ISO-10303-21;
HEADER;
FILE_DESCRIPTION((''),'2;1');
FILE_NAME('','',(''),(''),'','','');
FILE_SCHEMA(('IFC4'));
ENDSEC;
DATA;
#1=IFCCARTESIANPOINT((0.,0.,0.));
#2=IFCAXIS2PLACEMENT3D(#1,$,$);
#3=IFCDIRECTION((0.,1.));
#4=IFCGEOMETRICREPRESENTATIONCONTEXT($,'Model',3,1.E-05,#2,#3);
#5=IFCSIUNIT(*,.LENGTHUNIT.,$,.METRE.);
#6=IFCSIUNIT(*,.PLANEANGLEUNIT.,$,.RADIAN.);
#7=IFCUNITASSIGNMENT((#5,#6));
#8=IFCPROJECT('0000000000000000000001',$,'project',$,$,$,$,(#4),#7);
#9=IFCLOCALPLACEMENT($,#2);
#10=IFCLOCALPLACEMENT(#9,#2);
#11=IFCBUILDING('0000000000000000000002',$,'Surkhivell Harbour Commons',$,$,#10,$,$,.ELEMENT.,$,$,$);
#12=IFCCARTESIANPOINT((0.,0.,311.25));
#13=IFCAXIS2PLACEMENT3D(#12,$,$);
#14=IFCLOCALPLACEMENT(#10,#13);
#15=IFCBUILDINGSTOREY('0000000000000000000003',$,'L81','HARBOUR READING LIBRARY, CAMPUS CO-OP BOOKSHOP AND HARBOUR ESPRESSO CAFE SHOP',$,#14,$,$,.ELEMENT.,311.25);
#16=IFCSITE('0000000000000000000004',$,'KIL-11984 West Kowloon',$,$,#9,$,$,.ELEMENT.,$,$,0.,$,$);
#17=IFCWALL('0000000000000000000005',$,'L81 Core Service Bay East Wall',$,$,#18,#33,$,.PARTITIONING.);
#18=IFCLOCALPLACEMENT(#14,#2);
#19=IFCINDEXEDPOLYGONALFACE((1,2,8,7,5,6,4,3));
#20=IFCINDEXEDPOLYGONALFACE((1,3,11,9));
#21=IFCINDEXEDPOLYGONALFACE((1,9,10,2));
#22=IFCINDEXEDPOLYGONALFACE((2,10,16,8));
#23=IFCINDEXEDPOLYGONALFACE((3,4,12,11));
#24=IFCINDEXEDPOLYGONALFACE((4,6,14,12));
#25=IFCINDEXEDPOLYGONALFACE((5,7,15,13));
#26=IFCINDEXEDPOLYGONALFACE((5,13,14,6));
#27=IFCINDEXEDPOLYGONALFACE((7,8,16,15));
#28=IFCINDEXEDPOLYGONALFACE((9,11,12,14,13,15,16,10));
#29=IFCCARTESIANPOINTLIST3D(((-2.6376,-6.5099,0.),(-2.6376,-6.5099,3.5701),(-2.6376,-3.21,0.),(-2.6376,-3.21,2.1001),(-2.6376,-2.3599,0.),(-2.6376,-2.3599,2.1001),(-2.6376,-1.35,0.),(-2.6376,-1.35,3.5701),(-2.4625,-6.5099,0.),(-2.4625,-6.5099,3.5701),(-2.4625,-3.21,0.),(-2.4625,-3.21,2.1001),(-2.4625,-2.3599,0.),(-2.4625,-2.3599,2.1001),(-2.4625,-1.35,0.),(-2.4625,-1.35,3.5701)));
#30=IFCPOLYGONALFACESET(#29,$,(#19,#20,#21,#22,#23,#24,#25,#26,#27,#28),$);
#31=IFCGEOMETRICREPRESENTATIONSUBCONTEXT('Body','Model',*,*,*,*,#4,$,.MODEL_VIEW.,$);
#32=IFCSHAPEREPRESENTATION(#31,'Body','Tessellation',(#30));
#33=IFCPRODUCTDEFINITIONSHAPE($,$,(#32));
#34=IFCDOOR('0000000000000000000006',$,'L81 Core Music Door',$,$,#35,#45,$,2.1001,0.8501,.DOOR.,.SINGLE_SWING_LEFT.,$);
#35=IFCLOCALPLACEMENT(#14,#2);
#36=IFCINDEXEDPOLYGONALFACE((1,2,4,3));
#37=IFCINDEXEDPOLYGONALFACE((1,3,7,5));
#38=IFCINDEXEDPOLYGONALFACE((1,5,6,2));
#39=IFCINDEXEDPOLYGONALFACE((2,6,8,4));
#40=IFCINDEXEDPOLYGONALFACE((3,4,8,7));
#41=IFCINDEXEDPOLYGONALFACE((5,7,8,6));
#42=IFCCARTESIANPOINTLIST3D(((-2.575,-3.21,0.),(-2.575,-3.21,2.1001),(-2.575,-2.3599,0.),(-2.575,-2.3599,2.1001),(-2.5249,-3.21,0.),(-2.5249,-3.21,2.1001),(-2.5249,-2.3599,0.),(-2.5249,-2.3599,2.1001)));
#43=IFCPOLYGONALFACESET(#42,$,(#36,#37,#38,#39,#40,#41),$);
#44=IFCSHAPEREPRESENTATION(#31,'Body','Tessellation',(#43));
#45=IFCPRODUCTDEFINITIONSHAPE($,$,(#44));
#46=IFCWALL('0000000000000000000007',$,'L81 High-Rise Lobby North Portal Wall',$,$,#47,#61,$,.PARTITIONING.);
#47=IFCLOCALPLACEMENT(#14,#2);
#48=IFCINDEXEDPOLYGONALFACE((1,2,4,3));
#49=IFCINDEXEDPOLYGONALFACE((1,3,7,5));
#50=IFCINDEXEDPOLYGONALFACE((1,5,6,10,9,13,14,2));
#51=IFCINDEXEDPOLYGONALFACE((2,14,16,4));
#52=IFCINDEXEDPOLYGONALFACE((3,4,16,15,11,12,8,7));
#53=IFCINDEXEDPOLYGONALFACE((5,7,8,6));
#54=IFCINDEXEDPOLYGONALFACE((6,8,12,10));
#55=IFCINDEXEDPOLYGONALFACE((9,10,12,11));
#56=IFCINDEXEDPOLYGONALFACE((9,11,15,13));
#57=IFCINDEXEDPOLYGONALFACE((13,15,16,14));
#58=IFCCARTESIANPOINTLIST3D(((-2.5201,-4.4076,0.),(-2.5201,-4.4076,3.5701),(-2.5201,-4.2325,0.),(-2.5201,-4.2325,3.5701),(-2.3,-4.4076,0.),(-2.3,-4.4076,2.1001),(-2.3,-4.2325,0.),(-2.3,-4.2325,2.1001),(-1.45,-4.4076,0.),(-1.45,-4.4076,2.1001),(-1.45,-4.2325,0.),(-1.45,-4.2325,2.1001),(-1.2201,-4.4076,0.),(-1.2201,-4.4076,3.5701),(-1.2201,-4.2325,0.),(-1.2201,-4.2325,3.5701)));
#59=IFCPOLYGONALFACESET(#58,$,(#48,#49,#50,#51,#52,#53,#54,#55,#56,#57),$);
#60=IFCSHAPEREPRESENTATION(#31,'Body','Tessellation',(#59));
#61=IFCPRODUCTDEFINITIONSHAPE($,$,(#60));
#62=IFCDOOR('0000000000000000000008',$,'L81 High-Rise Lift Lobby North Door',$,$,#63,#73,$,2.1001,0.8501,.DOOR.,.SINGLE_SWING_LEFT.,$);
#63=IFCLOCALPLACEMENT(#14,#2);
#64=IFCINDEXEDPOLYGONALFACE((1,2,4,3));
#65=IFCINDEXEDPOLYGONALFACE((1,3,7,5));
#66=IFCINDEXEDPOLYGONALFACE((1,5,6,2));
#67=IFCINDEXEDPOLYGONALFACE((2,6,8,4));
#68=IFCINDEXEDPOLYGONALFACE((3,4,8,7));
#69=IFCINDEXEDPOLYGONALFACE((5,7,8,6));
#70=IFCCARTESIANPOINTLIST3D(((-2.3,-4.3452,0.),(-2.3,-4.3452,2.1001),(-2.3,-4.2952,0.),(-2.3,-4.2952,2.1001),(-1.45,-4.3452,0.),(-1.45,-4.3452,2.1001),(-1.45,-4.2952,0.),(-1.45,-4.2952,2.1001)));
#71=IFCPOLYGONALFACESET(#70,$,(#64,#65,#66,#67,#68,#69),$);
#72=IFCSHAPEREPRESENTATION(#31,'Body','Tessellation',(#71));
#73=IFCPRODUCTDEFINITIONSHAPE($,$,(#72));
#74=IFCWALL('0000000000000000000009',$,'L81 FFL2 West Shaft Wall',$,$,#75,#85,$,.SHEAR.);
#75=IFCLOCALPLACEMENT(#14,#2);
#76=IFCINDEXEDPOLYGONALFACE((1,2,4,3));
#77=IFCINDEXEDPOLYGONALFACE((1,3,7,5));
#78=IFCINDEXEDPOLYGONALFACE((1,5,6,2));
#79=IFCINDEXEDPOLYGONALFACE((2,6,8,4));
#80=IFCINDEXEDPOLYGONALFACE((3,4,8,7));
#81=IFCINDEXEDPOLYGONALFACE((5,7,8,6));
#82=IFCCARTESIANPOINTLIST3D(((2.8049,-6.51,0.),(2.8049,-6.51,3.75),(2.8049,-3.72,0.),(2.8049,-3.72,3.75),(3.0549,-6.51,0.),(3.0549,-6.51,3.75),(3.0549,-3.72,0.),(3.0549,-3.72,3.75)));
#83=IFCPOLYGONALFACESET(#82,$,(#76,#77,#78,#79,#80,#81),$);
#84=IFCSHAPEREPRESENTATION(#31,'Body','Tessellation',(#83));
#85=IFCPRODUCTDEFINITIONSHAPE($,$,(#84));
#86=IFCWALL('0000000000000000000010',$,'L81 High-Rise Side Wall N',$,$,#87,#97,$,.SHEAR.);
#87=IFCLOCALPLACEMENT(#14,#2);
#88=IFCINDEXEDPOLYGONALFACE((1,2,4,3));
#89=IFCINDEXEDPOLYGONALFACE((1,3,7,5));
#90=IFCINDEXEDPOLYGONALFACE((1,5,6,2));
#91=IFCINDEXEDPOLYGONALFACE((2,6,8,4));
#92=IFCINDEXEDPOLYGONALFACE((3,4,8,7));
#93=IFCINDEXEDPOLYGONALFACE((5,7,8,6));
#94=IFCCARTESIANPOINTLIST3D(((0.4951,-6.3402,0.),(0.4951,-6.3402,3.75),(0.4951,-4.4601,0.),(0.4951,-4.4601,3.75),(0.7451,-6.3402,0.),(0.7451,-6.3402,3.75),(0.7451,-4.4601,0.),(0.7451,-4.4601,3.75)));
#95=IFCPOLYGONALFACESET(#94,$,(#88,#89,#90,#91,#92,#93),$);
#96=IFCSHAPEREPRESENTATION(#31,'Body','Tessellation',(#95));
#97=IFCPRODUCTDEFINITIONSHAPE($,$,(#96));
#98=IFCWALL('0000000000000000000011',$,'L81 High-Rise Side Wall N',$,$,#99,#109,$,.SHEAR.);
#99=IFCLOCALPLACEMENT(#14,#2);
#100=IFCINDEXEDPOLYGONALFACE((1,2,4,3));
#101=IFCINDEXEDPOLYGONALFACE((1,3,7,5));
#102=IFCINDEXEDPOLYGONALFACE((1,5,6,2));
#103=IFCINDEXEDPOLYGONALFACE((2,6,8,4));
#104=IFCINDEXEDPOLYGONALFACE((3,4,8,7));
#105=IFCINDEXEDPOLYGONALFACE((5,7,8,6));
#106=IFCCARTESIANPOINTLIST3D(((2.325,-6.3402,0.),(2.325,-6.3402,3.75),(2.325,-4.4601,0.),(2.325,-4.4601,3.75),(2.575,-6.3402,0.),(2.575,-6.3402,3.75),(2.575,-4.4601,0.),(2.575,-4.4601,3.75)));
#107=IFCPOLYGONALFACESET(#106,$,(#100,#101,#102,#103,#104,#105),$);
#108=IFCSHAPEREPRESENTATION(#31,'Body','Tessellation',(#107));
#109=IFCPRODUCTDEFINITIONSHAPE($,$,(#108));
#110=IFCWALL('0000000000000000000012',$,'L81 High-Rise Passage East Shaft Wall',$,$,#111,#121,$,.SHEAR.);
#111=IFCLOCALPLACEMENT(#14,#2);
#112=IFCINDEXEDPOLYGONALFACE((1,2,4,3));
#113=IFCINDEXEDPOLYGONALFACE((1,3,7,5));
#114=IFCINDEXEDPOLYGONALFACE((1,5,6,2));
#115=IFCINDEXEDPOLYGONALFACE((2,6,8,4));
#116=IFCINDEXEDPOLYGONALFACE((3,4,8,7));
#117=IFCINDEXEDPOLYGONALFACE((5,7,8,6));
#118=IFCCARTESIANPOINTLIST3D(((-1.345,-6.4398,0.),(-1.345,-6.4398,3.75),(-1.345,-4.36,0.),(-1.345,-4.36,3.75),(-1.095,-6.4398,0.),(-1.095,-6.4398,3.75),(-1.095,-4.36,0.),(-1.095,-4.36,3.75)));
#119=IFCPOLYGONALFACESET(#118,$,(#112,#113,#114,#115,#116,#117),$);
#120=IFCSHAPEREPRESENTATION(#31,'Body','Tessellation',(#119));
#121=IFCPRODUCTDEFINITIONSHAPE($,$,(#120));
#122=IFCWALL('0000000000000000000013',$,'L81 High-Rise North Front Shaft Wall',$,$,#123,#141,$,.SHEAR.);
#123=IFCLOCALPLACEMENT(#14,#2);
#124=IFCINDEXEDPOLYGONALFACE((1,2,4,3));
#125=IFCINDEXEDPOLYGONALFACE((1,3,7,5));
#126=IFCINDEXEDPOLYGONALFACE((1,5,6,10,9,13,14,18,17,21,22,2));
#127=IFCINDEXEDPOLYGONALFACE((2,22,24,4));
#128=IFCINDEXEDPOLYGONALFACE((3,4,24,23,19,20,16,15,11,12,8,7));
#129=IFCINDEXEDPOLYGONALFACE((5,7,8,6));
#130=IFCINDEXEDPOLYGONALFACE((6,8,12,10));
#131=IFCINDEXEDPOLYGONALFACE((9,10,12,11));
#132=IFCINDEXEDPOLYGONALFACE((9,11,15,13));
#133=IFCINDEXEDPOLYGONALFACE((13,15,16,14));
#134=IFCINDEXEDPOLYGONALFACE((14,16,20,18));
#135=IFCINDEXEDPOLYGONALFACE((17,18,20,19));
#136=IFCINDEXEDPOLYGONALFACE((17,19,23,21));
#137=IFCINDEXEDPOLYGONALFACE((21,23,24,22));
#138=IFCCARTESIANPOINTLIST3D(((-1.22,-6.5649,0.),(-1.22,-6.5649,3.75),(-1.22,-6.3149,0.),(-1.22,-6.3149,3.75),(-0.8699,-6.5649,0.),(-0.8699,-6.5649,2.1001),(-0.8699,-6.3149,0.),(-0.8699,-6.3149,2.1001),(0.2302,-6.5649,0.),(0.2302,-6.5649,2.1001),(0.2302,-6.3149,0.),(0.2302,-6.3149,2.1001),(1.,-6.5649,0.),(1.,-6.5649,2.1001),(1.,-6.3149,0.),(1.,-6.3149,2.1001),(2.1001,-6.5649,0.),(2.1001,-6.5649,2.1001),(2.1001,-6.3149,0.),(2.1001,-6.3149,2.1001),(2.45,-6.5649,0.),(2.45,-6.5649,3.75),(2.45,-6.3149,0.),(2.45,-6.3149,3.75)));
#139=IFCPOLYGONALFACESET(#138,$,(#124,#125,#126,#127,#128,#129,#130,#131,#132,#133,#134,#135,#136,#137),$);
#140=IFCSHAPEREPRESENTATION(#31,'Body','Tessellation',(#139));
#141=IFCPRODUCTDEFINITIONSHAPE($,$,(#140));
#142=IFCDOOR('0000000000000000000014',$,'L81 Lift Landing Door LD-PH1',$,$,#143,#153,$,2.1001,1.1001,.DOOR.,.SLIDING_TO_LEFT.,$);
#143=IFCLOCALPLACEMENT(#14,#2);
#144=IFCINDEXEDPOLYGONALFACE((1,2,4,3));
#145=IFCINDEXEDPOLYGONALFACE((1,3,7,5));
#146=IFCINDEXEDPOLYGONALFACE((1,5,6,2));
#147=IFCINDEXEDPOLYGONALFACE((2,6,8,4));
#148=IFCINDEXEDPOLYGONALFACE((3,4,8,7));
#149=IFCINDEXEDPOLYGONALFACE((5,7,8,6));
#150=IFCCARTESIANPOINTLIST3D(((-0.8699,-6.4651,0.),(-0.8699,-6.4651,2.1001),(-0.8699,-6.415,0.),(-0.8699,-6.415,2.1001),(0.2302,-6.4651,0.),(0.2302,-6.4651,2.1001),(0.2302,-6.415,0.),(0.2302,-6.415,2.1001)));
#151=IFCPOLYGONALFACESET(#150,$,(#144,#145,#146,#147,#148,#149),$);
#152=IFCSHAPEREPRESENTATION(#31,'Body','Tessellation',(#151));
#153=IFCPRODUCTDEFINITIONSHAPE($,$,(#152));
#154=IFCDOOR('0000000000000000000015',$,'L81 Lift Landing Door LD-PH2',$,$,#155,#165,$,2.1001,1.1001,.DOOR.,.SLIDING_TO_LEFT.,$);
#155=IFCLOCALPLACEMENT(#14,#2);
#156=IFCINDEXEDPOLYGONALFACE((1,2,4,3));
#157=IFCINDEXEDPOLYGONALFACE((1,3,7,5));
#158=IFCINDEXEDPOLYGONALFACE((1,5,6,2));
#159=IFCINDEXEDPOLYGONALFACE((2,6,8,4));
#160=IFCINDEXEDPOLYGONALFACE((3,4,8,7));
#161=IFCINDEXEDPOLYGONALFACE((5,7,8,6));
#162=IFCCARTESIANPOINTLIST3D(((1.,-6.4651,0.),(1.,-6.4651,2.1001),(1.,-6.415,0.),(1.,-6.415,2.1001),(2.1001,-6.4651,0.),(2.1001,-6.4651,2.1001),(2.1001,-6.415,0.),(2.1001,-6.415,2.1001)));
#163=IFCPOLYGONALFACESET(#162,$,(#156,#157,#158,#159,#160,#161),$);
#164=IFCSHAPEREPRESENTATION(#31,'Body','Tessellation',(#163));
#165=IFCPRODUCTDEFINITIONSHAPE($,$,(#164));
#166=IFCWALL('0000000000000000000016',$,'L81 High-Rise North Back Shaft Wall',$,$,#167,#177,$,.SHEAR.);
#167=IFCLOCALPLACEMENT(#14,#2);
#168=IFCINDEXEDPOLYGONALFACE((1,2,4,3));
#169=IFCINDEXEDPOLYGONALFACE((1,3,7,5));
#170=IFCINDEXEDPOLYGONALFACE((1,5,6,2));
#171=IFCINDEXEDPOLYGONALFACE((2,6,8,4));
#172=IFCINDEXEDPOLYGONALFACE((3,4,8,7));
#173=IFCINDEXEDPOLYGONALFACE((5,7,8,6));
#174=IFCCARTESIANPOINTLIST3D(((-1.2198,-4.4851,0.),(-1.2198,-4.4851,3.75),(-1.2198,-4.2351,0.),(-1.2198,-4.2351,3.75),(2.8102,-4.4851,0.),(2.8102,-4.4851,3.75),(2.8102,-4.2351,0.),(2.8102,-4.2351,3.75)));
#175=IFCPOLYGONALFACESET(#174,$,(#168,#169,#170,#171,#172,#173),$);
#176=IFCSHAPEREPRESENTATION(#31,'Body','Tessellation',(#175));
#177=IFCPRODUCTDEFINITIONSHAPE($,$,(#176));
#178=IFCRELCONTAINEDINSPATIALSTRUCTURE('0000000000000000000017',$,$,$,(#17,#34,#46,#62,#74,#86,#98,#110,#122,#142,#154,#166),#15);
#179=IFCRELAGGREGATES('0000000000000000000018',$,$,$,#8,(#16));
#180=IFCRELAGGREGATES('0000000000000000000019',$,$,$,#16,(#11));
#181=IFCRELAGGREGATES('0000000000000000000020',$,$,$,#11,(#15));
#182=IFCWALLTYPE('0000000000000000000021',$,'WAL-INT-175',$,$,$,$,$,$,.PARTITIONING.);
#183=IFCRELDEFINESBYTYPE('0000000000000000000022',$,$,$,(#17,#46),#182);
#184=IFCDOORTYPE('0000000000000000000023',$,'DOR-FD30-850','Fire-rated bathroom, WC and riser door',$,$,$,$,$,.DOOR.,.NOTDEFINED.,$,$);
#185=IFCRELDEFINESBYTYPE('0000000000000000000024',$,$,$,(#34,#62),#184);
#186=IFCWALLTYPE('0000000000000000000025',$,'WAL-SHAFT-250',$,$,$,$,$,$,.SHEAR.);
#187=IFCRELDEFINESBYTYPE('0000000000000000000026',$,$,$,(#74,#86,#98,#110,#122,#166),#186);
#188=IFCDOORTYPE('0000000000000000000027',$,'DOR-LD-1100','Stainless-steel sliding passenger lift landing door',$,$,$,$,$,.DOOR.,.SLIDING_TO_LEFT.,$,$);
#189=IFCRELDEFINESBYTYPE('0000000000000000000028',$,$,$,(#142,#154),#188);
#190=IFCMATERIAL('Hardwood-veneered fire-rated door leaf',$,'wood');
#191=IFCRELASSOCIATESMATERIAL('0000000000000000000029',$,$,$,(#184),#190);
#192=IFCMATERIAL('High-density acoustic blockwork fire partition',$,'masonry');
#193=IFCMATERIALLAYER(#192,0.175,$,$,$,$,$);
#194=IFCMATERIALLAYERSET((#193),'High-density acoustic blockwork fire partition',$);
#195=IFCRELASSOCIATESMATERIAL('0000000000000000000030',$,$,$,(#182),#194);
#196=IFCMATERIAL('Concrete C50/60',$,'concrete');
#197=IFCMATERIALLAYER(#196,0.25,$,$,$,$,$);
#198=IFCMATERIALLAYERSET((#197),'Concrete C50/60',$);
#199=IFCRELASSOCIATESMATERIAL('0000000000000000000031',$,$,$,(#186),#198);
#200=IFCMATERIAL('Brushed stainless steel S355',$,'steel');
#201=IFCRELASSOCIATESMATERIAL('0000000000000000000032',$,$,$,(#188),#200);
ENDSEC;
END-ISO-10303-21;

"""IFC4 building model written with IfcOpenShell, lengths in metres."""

from ifc_helpers import new_model, si_unit, direction, frame, frame_2d, origin, place, context, subcontext, project, spatial, rectangle, extrude, material, layer, layer_set, type_object, element, fill, save


model = new_model("IFC4")

# Units and contexts
model_context = context("Model", 3, precision=1e-05, world=origin(), true_north=direction((0.0, 1.0)))
body_context = subcontext(model_context, "Body", "Model", "MODEL_VIEW")
ifc_project = project(units=[si_unit("LENGTHUNIT", "METRE"), si_unit("PLANEANGLEUNIT", "RADIAN")], contexts=[model_context])

# Site, building, storey
site_placement = place(None, origin())
site = spatial("IfcSite", under=ifc_project, at=site_placement, Name="KIL-11984 West Kowloon", CompositionType="ELEMENT", RefElevation=0.0)
building_placement = place(site_placement, origin())
building = spatial("IfcBuilding", under=site, at=building_placement, Name="Surkhivell Harbour Commons", CompositionType="ELEMENT")
storey_placement = place(building_placement, frame((0.0, 0.0, 311.25)))
storey = spatial("IfcBuildingStorey", under=building, at=storey_placement, Name="L81", Description="HARBOUR READING LIBRARY, CAMPUS CO-OP BOOKSHOP AND HARBOUR ESPRESSO CAFE SHOP", CompositionType="ELEMENT", Elevation=311.25)

# Walls, openings, doors
ifc_material_1 = material(Name="Hardwood-veneered fire-rated door leaf", Category="wood")
door_type_1 = type_object("IfcDoorType", Name="DOR-FD30-850", Description="Fire-rated bathroom, WC and riser door", OperationType="NOTDEFINED", PredefinedType="DOOR", material=ifc_material_1)
ifc_material_2 = material(Name="High-density acoustic blockwork fire partition", Category="masonry")
ifc_layer_1 = layer(ifc_material_2, 0.175)
ifc_layer_set_1 = layer_set([ifc_layer_1], Name="High-density acoustic blockwork fire partition")
wall_type_1 = type_object("IfcWallType", Name="WAL-INT-175", PredefinedType="PARTITIONING", material=ifc_layer_set_1)
wall_1_placement = place(storey_placement, frame((-2.55, -6.51, 0.0), z_axis=(0.0, 0.0, 1.0), x_axis=(0.0, 1.0, 0.0)))
wall_1 = element("IfcWall", 1, at=wall_1_placement, inside=storey, type_object=wall_type_1, Name="L81 Core Service Bay East Wall", PredefinedType="PARTITIONING", context=body_context, shape_type="SweptSolid", body=[
    extrude(rectangle(XDim=5.1599, YDim=0.175, at=frame_2d((2.5801, 0.0))), origin(), (0.0, 0.0, 1.0), 3.5701),
])
opening_1_placement = place(wall_1_placement, frame((3.3, 0.0, 0.0)))
opening_1 = element("IfcOpeningElement", 2, at=opening_1_placement, cuts=wall_1, PredefinedType="OPENING", context=body_context, shape_type="SweptSolid", body=[
    extrude(rectangle(XDim=0.8501, YDim=2.1001, at=frame_2d((0.425, 1.05))), frame((0.0, 0.0974, 0.0), z_axis=(0.0, -1.0, 0.0), x_axis=(1.0, 0.0, 0.0)), (0.0, 0.0, 1.0), 0.1951),
])
door_1_placement = place(opening_1_placement, origin())
door_1 = element("IfcDoor", 3, at=door_1_placement, inside=storey, type_object=door_type_1, Name="L81 Core Music Door", OperationType="SINGLE_SWING_LEFT", OverallHeight=2.1001, OverallWidth=0.8501, PredefinedType="DOOR", context=body_context, shape_type="SweptSolid", body=[
    extrude(rectangle(XDim=0.8501, YDim=2.1001, at=frame_2d((0.425, 1.05))), frame((0.0, 0.0249, 0.0), z_axis=(0.0, -1.0, 0.0), x_axis=(1.0, 0.0, 0.0)), (0.0, 0.0, 1.0), 0.05),
])
fill(opening_1, door_1)
wall_2_placement = place(storey_placement, frame((-2.52, -4.3201, 0.0), z_axis=(0.0, 0.0, 1.0), x_axis=(1.0, 0.0, 0.0)))
wall_2 = element("IfcWall", 4, at=wall_2_placement, inside=storey, type_object=wall_type_1, Name="L81 High-Rise Lobby North Portal Wall", PredefinedType="PARTITIONING", context=body_context, shape_type="SweptSolid", body=[
    extrude(rectangle(XDim=1.3, YDim=0.175, at=frame_2d((0.6499, 0.0))), origin(), (0.0, 0.0, 1.0), 3.5701),
])
opening_2_placement = place(wall_2_placement, frame((0.22, 0.0, 0.0)))
opening_2 = element("IfcOpeningElement", 5, at=opening_2_placement, cuts=wall_2, PredefinedType="OPENING", context=body_context, shape_type="SweptSolid", body=[
    extrude(rectangle(XDim=0.8501, YDim=2.1001, at=frame_2d((0.425, 1.05))), frame((0.0, 0.0974, 0.0), z_axis=(0.0, -1.0, 0.0), x_axis=(1.0, 0.0, 0.0)), (0.0, 0.0, 1.0), 0.1951),
])
door_2_placement = place(opening_2_placement, origin())
door_2 = element("IfcDoor", 6, at=door_2_placement, inside=storey, type_object=door_type_1, Name="L81 High-Rise Lift Lobby North Door", OperationType="SINGLE_SWING_LEFT", OverallHeight=2.1001, OverallWidth=0.8501, PredefinedType="DOOR", context=body_context, shape_type="SweptSolid", body=[
    extrude(rectangle(XDim=0.8501, YDim=2.1001, at=frame_2d((0.425, 1.05))), frame((0.0, 0.0249, 0.0), z_axis=(0.0, -1.0, 0.0), x_axis=(1.0, 0.0, 0.0)), (0.0, 0.0, 1.0), 0.05),
])
fill(opening_2, door_2)

# Walls
ifc_material_3 = material(Name="Concrete C50/60", Category="concrete")
ifc_layer_2 = layer(ifc_material_3, 0.25)
ifc_layer_set_2 = layer_set([ifc_layer_2], Name="Concrete C50/60")
wall_type_2 = type_object("IfcWallType", Name="WAL-SHAFT-250", PredefinedType="SHEAR", material=ifc_layer_set_2)
wall_3_placement = place(storey_placement, frame((2.9299, -6.51, 0.0), z_axis=(0.0, 0.0, 1.0), x_axis=(0.0, 1.0, 0.0)))
element("IfcWall", 7, at=wall_3_placement, inside=storey, type_object=wall_type_2, Name="L81 FFL2 West Shaft Wall", PredefinedType="SHEAR", context=body_context, shape_type="SweptSolid", body=[
    extrude(rectangle(XDim=2.79, YDim=0.25, at=frame_2d((1.395, 0.0))), origin(), (0.0, 0.0, 1.0), 3.75),
])
for number, where, z_axis, x_axis, name in (
    (8, (0.6201, -6.3401, 0.0), (0.0, 0.0, 1.0), (0.0, 1.0, 0.0), "L81 High-Rise Side Wall N"),
    (9, (2.45, -6.3401, 0.0), (0.0, 0.0, 1.0), (0.0, 1.0, 0.0), "L81 High-Rise Side Wall N"),
):
    element("IfcWall", number, at=place(storey_placement, frame(where, z_axis=z_axis, x_axis=x_axis)), inside=storey, type_object=wall_type_2, Name=name, PredefinedType="SHEAR", context=body_context, shape_type="SweptSolid", body=[
        extrude(rectangle(XDim=1.8801, YDim=0.25, at=frame_2d((0.9399, 0.0))), origin(), (0.0, 0.0, 1.0), 3.75),
    ])
wall_4_placement = place(storey_placement, frame((-1.22, -6.4399, 0.0), z_axis=(0.0, 0.0, 1.0), x_axis=(0.0, 1.0, 0.0)))
element("IfcWall", 10, at=wall_4_placement, inside=storey, type_object=wall_type_2, Name="L81 High-Rise Passage East Shaft Wall", PredefinedType="SHEAR", context=body_context, shape_type="SweptSolid", body=[
    extrude(rectangle(XDim=2.0798, YDim=0.25, at=frame_2d((1.04, 0.0))), origin(), (0.0, 0.0, 1.0), 3.75),
])

# Wall, openings, doors
wall_5_placement = place(storey_placement, frame((-1.22, -6.4399, 0.0), z_axis=(0.0, 0.0, 1.0), x_axis=(1.0, 0.0, 0.0)))
wall_5 = element("IfcWall", 11, at=wall_5_placement, inside=storey, type_object=wall_type_2, Name="L81 High-Rise North Front Shaft Wall", PredefinedType="SHEAR", context=body_context, shape_type="SweptSolid", body=[
    extrude(rectangle(XDim=3.6699, YDim=0.25, at=frame_2d((1.835, 0.0))), origin(), (0.0, 0.0, 1.0), 3.75),
])
opening_3_placement = place(wall_5_placement, frame((0.3501, 0.0, 0.0)))
opening_3 = element("IfcOpeningElement", 12, at=opening_3_placement, cuts=wall_5, PredefinedType="OPENING", context=body_context, shape_type="SweptSolid", body=[
    extrude(rectangle(XDim=1.1001, YDim=2.1001, at=frame_2d((0.55, 1.05))), frame((0.0, 0.135, 0.0), z_axis=(0.0, -1.0, 0.0), x_axis=(1.0, 0.0, 0.0)), (0.0, 0.0, 1.0), 0.27),
])
opening_4_placement = place(wall_5_placement, frame((2.22, 0.0, 0.0)))
opening_4 = element("IfcOpeningElement", 13, at=opening_4_placement, cuts=wall_5, PredefinedType="OPENING", context=body_context, shape_type="SweptSolid", body=[
    extrude(rectangle(XDim=1.1001, YDim=2.1001, at=frame_2d((0.55, 1.05))), frame((0.0, 0.135, 0.0), z_axis=(0.0, -1.0, 0.0), x_axis=(1.0, 0.0, 0.0)), (0.0, 0.0, 1.0), 0.27),
])
ifc_material_4 = material(Name="Brushed stainless steel S355", Category="steel")
door_type_2 = type_object("IfcDoorType", Name="DOR-LD-1100", Description="Stainless-steel sliding passenger lift landing door", OperationType="SLIDING_TO_LEFT", PredefinedType="DOOR", material=ifc_material_4)
door_3_placement = place(opening_3_placement, origin())
door_3 = element("IfcDoor", 14, at=door_3_placement, inside=storey, type_object=door_type_2, Name="L81 Lift Landing Door LD-PH1", OperationType="SLIDING_TO_LEFT", OverallHeight=2.1001, OverallWidth=1.1001, PredefinedType="DOOR", context=body_context, shape_type="SweptSolid", body=[
    extrude(rectangle(XDim=1.1001, YDim=2.1001, at=frame_2d((0.55, 1.05))), frame((0.0, 0.0249, 0.0), z_axis=(0.0, -1.0, 0.0), x_axis=(1.0, 0.0, 0.0)), (0.0, 0.0, 1.0), 0.05),
])
fill(opening_3, door_3)
door_4_placement = place(opening_4_placement, origin())
door_4 = element("IfcDoor", 15, at=door_4_placement, inside=storey, type_object=door_type_2, Name="L81 Lift Landing Door LD-PH2", OperationType="SLIDING_TO_LEFT", OverallHeight=2.1001, OverallWidth=1.1001, PredefinedType="DOOR", context=body_context, shape_type="SweptSolid", body=[
    extrude(rectangle(XDim=1.1001, YDim=2.1001, at=frame_2d((0.55, 1.05))), frame((0.0, 0.0249, 0.0), z_axis=(0.0, -1.0, 0.0), x_axis=(1.0, 0.0, 0.0)), (0.0, 0.0, 1.0), 0.05),
])
fill(opening_4, door_4)

# Wall
wall_6_placement = place(storey_placement, frame((-1.22, -4.3601, 0.0), z_axis=(0.0, 0.0, 1.0), x_axis=(1.0, 0.0, 0.0)))
element("IfcWall", 16, at=wall_6_placement, inside=storey, type_object=wall_type_2, Name="L81 High-Rise North Back Shaft Wall", PredefinedType="SHEAR", context=body_context, shape_type="SweptSolid", body=[
    extrude(rectangle(XDim=4.03, YDim=0.25, at=frame_2d((2.0151, 0.0))), origin(), (0.0, 0.0, 1.0), 3.75),
])

save(model, "model.ifc")
